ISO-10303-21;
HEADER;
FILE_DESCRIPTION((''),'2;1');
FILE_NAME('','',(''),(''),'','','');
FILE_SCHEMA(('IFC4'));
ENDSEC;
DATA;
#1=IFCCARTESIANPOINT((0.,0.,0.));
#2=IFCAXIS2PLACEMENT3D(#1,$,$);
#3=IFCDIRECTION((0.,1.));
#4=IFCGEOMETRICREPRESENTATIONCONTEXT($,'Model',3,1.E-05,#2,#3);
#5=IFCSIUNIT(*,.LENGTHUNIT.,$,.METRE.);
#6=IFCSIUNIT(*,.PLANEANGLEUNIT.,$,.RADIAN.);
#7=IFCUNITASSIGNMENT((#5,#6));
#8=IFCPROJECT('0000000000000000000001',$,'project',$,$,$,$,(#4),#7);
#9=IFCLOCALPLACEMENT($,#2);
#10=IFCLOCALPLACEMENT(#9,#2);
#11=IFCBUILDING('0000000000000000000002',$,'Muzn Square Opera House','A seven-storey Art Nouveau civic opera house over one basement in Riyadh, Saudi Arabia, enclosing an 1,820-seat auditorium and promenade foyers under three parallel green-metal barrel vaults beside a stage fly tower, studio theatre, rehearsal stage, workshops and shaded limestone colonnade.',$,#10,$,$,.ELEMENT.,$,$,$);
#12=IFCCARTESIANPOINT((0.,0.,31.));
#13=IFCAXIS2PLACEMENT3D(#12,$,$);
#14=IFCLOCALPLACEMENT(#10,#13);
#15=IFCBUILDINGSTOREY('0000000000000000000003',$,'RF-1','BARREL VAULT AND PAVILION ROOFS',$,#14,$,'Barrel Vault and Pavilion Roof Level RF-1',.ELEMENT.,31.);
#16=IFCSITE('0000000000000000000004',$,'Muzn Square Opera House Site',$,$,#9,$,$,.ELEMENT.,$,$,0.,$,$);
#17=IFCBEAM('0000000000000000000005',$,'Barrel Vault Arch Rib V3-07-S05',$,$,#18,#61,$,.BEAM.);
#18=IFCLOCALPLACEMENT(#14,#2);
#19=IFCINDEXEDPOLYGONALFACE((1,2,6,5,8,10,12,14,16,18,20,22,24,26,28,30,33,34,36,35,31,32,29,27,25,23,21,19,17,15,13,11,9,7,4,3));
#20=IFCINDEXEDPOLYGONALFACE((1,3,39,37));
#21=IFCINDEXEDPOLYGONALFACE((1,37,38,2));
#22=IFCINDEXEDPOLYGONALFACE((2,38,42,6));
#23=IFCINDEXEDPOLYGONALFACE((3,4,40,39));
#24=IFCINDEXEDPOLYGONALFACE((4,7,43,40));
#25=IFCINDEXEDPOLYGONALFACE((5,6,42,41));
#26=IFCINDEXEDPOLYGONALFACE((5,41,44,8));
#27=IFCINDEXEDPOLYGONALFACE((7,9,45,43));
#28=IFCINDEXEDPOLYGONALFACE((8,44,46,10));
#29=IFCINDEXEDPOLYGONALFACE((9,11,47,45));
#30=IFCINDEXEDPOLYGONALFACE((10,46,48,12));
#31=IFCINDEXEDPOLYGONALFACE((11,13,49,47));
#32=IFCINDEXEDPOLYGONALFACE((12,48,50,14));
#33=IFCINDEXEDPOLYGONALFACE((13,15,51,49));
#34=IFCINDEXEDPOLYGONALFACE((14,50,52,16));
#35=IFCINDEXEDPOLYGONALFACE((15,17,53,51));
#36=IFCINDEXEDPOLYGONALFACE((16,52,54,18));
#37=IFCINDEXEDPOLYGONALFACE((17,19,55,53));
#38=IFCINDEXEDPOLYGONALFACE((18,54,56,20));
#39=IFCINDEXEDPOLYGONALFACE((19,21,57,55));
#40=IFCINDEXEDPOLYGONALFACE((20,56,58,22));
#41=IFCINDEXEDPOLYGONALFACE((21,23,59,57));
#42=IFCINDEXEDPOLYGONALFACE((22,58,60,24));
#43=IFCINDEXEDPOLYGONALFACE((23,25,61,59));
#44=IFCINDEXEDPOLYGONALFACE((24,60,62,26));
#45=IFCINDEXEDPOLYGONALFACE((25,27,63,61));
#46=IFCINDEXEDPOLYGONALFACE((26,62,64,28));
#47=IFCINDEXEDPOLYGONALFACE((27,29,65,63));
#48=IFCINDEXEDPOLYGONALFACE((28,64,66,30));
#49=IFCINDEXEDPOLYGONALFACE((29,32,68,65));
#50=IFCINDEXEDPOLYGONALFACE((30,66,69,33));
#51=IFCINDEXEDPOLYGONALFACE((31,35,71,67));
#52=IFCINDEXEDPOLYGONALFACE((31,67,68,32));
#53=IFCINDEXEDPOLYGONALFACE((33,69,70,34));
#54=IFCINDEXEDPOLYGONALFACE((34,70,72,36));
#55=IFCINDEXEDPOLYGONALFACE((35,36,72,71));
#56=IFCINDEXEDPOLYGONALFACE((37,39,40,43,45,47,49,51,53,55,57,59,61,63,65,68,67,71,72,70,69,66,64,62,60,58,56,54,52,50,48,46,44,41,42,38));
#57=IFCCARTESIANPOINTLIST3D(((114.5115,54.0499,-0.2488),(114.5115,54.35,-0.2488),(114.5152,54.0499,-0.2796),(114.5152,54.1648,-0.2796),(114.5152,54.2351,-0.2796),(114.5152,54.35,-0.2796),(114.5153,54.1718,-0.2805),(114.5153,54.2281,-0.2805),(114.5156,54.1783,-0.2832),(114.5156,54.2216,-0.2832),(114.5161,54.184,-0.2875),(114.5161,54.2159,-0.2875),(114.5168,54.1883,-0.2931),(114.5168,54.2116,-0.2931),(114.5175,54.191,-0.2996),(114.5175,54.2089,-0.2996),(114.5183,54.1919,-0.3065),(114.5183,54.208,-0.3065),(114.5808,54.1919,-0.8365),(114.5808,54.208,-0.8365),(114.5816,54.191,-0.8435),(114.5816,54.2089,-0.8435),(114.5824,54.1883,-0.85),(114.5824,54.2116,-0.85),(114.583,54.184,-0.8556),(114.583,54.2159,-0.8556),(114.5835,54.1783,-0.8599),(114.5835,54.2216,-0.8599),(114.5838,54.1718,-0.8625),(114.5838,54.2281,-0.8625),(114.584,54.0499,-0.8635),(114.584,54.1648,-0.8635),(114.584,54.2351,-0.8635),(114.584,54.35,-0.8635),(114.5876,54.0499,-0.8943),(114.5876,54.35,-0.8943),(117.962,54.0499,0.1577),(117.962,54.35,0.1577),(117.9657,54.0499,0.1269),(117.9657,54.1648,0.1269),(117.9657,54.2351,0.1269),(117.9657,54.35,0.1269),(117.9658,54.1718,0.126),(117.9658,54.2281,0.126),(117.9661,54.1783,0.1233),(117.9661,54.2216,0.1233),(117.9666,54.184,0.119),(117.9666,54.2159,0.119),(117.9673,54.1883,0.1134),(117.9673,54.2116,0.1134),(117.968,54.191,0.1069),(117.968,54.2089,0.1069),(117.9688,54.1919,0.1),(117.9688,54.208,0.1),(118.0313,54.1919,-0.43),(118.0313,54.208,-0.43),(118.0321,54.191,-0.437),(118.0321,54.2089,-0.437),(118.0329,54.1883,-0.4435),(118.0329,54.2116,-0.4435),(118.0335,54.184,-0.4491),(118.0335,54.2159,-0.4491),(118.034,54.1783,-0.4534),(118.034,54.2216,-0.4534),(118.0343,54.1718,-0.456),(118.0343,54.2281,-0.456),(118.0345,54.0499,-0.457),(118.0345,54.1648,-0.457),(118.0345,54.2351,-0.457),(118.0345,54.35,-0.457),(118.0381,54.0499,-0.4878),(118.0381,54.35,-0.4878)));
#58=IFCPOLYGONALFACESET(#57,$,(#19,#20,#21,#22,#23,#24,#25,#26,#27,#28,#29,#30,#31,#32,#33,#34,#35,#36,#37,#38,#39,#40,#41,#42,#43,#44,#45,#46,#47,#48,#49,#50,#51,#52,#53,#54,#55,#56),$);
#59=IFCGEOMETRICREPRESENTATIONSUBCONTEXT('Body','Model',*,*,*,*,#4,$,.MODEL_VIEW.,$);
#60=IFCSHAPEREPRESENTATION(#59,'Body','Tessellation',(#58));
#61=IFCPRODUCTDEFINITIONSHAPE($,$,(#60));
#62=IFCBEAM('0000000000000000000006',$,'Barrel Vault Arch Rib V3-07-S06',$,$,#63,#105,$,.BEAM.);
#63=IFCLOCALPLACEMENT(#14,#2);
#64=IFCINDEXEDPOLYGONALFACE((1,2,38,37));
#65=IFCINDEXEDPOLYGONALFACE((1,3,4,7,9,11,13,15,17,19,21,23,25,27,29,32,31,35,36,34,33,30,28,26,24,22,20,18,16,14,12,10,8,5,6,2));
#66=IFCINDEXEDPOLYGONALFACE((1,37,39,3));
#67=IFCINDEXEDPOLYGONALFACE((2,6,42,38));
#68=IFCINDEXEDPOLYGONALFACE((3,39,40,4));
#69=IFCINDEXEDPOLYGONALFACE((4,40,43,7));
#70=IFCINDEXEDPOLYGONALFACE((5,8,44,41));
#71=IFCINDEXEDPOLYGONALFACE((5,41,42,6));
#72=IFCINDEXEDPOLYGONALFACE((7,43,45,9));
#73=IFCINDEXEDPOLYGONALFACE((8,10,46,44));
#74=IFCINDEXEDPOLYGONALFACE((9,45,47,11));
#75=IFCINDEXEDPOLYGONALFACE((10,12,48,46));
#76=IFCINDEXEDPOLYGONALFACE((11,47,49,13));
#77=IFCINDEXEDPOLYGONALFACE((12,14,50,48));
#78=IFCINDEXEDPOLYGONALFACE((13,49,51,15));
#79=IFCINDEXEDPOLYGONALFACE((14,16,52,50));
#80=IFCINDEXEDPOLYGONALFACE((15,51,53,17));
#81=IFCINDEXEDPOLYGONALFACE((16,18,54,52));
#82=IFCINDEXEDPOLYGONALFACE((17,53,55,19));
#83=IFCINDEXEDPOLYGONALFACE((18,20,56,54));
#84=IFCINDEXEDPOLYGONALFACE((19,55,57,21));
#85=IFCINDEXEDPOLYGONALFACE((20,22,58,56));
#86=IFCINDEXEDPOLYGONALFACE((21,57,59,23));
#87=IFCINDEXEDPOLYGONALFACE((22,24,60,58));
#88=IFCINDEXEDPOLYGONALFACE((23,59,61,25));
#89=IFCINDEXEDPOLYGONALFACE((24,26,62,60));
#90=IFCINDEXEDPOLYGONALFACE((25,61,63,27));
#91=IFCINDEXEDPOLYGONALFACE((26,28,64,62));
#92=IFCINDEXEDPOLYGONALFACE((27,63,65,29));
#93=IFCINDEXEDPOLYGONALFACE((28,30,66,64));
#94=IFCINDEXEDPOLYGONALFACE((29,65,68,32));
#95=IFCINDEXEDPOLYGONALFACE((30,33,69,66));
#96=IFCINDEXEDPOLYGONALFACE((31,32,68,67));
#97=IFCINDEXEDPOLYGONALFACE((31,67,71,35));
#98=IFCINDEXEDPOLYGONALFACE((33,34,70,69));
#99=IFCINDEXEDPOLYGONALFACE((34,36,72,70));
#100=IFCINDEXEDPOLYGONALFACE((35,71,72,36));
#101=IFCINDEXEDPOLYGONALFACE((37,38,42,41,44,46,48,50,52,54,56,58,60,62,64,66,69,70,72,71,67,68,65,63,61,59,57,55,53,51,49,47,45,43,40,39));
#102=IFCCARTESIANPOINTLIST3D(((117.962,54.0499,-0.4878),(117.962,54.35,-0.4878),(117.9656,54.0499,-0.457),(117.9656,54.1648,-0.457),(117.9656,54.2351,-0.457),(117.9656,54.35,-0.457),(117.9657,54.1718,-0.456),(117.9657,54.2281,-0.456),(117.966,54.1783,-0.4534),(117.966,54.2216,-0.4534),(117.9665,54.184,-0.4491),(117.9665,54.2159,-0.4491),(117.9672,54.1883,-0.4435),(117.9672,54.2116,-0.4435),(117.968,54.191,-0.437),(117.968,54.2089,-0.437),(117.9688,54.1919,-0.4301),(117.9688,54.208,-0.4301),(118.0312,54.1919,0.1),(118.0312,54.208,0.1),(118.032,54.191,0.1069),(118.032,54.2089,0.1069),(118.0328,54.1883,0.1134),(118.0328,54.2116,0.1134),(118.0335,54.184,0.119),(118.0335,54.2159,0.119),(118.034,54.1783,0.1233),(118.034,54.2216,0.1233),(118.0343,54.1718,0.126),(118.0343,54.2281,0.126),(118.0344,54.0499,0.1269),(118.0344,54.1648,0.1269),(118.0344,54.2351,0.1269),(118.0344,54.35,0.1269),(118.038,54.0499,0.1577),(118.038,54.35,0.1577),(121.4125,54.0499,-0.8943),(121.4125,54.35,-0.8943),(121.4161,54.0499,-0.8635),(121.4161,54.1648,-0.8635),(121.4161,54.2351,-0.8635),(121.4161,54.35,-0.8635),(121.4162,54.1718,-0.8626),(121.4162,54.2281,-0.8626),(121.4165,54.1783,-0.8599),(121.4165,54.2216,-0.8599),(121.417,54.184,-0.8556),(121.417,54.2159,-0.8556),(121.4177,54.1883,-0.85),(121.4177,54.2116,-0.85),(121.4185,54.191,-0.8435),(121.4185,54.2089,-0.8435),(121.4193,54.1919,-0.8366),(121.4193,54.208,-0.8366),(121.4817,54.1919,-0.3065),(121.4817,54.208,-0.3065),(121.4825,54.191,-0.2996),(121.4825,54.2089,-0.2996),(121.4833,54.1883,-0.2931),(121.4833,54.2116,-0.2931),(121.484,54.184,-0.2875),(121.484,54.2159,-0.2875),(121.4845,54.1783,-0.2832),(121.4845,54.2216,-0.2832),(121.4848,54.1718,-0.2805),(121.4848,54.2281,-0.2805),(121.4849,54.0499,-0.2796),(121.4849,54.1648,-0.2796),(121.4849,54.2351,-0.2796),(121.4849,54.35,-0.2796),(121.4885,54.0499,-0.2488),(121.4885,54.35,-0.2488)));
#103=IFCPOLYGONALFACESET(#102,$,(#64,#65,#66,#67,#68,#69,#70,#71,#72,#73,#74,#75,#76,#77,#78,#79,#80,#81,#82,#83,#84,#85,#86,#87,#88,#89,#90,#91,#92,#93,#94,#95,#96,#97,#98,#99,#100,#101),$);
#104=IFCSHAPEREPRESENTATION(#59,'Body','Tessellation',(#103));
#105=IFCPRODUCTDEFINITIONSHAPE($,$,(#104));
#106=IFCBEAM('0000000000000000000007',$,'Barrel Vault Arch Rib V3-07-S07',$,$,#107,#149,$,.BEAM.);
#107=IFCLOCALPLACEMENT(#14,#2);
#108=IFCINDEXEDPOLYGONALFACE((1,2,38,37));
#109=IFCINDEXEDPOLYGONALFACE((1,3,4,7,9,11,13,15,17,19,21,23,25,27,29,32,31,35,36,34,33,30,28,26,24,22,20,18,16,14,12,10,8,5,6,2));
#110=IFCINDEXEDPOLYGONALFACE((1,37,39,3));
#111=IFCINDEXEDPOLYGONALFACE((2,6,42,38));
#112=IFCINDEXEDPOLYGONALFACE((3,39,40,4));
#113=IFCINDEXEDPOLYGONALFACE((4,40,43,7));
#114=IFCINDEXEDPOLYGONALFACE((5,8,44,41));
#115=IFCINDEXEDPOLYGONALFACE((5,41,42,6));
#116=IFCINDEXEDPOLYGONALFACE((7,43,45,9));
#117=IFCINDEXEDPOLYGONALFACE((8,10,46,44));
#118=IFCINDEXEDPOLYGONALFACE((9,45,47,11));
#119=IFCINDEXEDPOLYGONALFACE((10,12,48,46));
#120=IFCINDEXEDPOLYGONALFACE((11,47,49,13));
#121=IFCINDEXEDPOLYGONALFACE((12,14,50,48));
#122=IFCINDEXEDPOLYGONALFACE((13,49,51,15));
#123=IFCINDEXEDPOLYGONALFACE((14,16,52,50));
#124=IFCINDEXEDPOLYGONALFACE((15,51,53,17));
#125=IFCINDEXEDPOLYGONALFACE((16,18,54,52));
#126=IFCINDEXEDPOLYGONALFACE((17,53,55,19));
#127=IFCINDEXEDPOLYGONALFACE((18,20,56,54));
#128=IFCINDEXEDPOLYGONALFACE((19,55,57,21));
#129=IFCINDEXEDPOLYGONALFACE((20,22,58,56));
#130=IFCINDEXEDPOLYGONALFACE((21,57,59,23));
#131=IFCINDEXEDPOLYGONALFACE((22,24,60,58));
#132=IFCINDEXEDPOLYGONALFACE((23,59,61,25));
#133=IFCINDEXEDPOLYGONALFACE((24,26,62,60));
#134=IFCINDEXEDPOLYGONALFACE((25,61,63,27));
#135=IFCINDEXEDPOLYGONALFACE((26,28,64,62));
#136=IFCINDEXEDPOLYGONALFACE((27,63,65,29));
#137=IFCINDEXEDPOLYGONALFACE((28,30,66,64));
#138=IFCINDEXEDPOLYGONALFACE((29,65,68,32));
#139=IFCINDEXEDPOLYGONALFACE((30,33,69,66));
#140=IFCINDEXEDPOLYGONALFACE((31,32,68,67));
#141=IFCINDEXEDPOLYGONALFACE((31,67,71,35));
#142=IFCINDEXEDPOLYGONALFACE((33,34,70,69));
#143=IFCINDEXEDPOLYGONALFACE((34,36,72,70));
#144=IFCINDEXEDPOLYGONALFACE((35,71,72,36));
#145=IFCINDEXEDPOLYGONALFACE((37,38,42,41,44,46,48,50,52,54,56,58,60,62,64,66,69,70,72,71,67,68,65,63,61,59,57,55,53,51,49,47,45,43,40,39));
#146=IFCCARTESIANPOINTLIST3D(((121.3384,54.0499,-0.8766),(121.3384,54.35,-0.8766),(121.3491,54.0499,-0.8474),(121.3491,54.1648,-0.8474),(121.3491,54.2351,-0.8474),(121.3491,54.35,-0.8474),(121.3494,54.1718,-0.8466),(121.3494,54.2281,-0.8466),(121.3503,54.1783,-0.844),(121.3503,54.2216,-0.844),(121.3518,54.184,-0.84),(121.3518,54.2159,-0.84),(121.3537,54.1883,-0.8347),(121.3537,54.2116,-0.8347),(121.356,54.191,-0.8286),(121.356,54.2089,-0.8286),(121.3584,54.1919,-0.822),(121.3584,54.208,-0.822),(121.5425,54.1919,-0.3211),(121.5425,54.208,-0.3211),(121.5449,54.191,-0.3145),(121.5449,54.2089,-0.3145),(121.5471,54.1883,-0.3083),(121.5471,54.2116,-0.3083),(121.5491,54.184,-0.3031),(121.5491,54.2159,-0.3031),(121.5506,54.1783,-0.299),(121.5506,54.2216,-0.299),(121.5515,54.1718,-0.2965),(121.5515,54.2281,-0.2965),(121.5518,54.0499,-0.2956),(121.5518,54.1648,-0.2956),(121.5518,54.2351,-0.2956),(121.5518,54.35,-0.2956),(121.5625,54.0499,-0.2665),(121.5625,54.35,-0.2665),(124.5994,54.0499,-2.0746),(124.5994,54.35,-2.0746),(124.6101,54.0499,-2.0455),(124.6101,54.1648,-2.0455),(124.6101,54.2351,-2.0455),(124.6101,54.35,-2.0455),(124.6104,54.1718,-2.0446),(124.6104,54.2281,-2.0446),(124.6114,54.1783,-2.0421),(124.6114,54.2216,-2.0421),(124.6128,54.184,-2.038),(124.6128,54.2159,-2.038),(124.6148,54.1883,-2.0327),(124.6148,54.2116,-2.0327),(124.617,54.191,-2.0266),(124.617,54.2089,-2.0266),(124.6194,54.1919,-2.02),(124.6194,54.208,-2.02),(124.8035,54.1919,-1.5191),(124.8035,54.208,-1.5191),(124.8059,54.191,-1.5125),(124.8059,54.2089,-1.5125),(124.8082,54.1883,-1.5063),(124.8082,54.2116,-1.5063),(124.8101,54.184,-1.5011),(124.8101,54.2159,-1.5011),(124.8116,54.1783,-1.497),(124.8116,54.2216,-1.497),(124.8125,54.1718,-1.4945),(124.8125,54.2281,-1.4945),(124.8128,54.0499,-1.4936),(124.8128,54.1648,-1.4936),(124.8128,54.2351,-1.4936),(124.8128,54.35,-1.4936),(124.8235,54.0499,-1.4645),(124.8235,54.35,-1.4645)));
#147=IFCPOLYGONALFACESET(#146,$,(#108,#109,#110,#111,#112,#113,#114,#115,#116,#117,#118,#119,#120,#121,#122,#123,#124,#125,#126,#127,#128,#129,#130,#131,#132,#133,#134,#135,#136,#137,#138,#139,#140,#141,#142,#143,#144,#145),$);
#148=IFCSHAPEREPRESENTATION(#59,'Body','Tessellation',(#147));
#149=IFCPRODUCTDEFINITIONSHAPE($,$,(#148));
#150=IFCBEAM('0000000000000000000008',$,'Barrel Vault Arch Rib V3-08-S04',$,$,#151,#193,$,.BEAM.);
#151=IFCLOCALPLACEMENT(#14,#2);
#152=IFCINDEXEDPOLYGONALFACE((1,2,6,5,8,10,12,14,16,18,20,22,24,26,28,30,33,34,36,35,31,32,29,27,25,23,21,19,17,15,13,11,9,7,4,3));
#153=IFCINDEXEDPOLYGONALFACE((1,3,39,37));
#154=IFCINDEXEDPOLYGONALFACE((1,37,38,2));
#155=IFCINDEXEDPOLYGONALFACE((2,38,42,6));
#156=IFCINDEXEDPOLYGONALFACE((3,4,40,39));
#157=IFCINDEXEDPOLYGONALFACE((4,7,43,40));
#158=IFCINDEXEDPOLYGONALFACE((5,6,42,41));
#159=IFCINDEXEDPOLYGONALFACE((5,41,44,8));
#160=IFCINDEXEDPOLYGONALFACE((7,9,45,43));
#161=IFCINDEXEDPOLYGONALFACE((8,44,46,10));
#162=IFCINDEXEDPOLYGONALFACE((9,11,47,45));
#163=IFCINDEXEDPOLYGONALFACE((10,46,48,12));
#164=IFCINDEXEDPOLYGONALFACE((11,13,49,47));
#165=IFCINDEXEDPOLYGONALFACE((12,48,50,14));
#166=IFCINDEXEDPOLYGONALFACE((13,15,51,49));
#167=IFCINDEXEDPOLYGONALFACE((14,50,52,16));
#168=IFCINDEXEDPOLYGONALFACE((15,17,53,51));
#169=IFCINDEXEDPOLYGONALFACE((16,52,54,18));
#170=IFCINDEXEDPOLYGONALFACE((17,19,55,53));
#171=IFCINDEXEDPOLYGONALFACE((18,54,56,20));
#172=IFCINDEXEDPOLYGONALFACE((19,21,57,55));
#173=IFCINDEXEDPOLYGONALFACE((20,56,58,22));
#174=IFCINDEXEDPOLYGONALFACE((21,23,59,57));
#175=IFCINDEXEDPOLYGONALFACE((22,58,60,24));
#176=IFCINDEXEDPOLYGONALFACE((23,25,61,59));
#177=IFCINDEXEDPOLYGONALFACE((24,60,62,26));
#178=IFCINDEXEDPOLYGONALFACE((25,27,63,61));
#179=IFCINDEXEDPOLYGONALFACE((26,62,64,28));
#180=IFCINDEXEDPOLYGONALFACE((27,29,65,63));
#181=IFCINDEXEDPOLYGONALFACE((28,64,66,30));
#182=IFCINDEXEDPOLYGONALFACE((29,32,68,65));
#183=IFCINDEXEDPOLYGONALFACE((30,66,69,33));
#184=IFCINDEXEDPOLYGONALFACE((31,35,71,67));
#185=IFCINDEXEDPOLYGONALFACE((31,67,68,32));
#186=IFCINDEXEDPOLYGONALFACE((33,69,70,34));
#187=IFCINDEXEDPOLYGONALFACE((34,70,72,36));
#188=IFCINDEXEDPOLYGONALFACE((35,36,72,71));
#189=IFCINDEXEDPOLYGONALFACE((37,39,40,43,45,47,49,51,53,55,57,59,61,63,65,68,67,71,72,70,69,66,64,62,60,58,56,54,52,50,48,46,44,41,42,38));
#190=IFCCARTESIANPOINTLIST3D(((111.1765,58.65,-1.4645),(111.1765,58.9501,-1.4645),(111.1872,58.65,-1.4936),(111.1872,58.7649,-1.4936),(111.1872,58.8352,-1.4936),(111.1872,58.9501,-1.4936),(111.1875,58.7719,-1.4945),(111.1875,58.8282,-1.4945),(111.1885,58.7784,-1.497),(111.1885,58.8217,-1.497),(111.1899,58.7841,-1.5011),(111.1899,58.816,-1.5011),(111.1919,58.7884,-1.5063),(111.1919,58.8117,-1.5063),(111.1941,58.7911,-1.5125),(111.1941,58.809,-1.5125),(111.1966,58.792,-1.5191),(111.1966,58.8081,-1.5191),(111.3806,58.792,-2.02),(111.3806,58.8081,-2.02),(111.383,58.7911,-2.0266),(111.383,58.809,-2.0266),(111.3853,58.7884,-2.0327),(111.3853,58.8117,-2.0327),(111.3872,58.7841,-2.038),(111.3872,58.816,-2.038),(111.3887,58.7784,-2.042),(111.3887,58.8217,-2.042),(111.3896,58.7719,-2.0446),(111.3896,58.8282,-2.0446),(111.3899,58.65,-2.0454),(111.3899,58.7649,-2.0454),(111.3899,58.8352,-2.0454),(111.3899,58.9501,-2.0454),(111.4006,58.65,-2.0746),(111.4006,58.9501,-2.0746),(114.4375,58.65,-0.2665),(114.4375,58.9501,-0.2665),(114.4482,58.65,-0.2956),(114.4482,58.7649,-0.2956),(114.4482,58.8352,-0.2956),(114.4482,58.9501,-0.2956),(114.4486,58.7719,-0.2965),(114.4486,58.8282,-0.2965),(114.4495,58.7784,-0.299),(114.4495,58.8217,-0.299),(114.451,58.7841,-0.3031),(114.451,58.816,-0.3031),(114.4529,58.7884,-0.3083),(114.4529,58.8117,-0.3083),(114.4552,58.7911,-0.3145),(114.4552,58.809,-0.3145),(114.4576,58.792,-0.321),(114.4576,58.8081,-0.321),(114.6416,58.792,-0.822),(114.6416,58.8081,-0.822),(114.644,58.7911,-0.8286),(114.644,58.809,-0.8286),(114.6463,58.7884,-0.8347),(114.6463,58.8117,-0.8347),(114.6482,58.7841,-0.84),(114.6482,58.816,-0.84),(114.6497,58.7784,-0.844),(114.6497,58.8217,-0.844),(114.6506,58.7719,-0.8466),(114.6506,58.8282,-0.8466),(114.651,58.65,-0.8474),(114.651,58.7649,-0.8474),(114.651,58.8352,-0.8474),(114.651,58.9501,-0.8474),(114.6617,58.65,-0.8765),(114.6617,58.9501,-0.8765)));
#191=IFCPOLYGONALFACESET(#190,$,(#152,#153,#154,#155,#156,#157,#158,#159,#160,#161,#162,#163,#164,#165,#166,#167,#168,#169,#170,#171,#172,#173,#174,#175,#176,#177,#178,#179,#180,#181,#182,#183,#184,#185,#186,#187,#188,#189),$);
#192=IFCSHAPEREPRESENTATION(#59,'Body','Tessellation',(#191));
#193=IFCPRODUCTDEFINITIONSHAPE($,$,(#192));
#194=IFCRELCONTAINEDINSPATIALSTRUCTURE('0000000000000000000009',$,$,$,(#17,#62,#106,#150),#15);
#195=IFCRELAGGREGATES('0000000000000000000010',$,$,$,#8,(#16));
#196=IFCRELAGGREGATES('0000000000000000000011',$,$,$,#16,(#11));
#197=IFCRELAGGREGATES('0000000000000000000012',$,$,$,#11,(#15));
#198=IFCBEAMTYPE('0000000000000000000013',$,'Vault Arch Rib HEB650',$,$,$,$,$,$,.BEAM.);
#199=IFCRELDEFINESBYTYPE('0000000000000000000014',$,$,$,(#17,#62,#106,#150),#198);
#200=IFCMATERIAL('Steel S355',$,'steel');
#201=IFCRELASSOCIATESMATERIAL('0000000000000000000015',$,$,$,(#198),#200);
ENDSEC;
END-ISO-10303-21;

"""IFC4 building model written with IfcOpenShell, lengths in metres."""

from ifc_helpers import new_model, si_unit, direction, frame, origin, origin_2d, place, context, subcontext, project, spatial, i_section, extrude, material, material_profile, profile_set, type_object, element, save


model = new_model("IFC4")

# Units and contexts
model_context = context("Model", 3, precision=1e-05, world=origin(), true_north=direction((0.0, 1.0)))
body_context = subcontext(model_context, "Body", "Model", "MODEL_VIEW")
ifc_project = project(units=[si_unit("LENGTHUNIT", "METRE"), si_unit("PLANEANGLEUNIT", "RADIAN")], contexts=[model_context])

# Site, building, storey
site_placement = place(None, origin())
site = spatial("IfcSite", under=ifc_project, at=site_placement, Name="Muzn Square Opera House Site", CompositionType="ELEMENT", RefElevation=0.0)
building_placement = place(site_placement, origin())
building = spatial("IfcBuilding", under=site, at=building_placement, Name="Muzn Square Opera House", Description="A seven-storey Art Nouveau civic opera house over one basement in Riyadh, Saudi Arabia, enclosing an 1,820-seat auditorium and promenade foyers under three parallel green-metal barrel vaults beside a stage fly tower, studio theatre, rehearsal stage, workshops and shaded limestone colonnade.", CompositionType="ELEMENT")
storey_placement = place(building_placement, frame((0.0, 0.0, 31.0)))
storey = spatial("IfcBuildingStorey", under=building, at=storey_placement, Name="RF-1", Description="BARREL VAULT AND PAVILION ROOFS", LongName="Barrel Vault and Pavilion Roof Level RF-1", CompositionType="ELEMENT", Elevation=31.0)

# Beams
ifc_material_1 = material(Name="Steel S355", Category="steel")
ifc_material_profile_1 = material_profile(ifc_material_1, i_section(OverallWidth=0.3, OverallDepth=0.6499, WebThickness=0.0161, FlangeThickness=0.031, FilletRadius=0.0271, at=origin_2d()), Name="HEB 650", Category="steel")
ifc_profile_set_1 = profile_set([ifc_material_profile_1], Name="Steel S355")
beam_type_1 = type_object("IfcBeamType", Name="Vault Arch Rib HEB650", PredefinedType="BEAM", material=ifc_profile_set_1)
for number, where, z_axis, x_axis, name in (
    (1, (114.5496, 54.2, -0.5715), (0.993132, 0.0, 0.117), (0.0, 1.0, 0.0), "Barrel Vault Arch Rib V3-07-S05"),
    (2, (118.0, 54.2, -0.165), (0.993132, 0.0, -0.117), (0.0, 1.0, 0.0), "Barrel Vault Arch Rib V3-07-S06"),
):
    element("IfcBeam", number, at=place(storey_placement, frame(where, z_axis=z_axis, x_axis=x_axis)), inside=storey, type_object=beam_type_1, Name=name, PredefinedType="BEAM", context=body_context, shape_type="SweptSolid", body=[
        extrude(i_section(OverallWidth=0.3, OverallDepth=0.6499, WebThickness=0.0161, FlangeThickness=0.031, FilletRadius=0.0271, at=origin_2d()), origin(), (0.0, 0.0, 1.0), 3.4744),
    ])
for number, where, z_axis, x_axis, name in (
    (3, (121.4504, 54.2, -0.5715), (0.938662, 0.0, -0.344839), (0.0, 1.0, 0.0), "Barrel Vault Arch Rib V3-07-S07"),
    (4, (111.2886, 58.8, -1.7695), (0.938662, 0.0, 0.344839), (0.0, 1.0, 0.0), "Barrel Vault Arch Rib V3-08-S04"),
):
    element("IfcBeam", number, at=place(storey_placement, frame(where, z_axis=z_axis, x_axis=x_axis)), inside=storey, type_object=beam_type_1, Name=name, PredefinedType="BEAM", context=body_context, shape_type="SweptSolid", body=[
        extrude(i_section(OverallWidth=0.3, OverallDepth=0.6499, WebThickness=0.0161, FlangeThickness=0.031, FilletRadius=0.0271, at=origin_2d()), origin(), (0.0, 0.0, 1.0), 3.4741),
    ])

save(model, "model.ifc")
